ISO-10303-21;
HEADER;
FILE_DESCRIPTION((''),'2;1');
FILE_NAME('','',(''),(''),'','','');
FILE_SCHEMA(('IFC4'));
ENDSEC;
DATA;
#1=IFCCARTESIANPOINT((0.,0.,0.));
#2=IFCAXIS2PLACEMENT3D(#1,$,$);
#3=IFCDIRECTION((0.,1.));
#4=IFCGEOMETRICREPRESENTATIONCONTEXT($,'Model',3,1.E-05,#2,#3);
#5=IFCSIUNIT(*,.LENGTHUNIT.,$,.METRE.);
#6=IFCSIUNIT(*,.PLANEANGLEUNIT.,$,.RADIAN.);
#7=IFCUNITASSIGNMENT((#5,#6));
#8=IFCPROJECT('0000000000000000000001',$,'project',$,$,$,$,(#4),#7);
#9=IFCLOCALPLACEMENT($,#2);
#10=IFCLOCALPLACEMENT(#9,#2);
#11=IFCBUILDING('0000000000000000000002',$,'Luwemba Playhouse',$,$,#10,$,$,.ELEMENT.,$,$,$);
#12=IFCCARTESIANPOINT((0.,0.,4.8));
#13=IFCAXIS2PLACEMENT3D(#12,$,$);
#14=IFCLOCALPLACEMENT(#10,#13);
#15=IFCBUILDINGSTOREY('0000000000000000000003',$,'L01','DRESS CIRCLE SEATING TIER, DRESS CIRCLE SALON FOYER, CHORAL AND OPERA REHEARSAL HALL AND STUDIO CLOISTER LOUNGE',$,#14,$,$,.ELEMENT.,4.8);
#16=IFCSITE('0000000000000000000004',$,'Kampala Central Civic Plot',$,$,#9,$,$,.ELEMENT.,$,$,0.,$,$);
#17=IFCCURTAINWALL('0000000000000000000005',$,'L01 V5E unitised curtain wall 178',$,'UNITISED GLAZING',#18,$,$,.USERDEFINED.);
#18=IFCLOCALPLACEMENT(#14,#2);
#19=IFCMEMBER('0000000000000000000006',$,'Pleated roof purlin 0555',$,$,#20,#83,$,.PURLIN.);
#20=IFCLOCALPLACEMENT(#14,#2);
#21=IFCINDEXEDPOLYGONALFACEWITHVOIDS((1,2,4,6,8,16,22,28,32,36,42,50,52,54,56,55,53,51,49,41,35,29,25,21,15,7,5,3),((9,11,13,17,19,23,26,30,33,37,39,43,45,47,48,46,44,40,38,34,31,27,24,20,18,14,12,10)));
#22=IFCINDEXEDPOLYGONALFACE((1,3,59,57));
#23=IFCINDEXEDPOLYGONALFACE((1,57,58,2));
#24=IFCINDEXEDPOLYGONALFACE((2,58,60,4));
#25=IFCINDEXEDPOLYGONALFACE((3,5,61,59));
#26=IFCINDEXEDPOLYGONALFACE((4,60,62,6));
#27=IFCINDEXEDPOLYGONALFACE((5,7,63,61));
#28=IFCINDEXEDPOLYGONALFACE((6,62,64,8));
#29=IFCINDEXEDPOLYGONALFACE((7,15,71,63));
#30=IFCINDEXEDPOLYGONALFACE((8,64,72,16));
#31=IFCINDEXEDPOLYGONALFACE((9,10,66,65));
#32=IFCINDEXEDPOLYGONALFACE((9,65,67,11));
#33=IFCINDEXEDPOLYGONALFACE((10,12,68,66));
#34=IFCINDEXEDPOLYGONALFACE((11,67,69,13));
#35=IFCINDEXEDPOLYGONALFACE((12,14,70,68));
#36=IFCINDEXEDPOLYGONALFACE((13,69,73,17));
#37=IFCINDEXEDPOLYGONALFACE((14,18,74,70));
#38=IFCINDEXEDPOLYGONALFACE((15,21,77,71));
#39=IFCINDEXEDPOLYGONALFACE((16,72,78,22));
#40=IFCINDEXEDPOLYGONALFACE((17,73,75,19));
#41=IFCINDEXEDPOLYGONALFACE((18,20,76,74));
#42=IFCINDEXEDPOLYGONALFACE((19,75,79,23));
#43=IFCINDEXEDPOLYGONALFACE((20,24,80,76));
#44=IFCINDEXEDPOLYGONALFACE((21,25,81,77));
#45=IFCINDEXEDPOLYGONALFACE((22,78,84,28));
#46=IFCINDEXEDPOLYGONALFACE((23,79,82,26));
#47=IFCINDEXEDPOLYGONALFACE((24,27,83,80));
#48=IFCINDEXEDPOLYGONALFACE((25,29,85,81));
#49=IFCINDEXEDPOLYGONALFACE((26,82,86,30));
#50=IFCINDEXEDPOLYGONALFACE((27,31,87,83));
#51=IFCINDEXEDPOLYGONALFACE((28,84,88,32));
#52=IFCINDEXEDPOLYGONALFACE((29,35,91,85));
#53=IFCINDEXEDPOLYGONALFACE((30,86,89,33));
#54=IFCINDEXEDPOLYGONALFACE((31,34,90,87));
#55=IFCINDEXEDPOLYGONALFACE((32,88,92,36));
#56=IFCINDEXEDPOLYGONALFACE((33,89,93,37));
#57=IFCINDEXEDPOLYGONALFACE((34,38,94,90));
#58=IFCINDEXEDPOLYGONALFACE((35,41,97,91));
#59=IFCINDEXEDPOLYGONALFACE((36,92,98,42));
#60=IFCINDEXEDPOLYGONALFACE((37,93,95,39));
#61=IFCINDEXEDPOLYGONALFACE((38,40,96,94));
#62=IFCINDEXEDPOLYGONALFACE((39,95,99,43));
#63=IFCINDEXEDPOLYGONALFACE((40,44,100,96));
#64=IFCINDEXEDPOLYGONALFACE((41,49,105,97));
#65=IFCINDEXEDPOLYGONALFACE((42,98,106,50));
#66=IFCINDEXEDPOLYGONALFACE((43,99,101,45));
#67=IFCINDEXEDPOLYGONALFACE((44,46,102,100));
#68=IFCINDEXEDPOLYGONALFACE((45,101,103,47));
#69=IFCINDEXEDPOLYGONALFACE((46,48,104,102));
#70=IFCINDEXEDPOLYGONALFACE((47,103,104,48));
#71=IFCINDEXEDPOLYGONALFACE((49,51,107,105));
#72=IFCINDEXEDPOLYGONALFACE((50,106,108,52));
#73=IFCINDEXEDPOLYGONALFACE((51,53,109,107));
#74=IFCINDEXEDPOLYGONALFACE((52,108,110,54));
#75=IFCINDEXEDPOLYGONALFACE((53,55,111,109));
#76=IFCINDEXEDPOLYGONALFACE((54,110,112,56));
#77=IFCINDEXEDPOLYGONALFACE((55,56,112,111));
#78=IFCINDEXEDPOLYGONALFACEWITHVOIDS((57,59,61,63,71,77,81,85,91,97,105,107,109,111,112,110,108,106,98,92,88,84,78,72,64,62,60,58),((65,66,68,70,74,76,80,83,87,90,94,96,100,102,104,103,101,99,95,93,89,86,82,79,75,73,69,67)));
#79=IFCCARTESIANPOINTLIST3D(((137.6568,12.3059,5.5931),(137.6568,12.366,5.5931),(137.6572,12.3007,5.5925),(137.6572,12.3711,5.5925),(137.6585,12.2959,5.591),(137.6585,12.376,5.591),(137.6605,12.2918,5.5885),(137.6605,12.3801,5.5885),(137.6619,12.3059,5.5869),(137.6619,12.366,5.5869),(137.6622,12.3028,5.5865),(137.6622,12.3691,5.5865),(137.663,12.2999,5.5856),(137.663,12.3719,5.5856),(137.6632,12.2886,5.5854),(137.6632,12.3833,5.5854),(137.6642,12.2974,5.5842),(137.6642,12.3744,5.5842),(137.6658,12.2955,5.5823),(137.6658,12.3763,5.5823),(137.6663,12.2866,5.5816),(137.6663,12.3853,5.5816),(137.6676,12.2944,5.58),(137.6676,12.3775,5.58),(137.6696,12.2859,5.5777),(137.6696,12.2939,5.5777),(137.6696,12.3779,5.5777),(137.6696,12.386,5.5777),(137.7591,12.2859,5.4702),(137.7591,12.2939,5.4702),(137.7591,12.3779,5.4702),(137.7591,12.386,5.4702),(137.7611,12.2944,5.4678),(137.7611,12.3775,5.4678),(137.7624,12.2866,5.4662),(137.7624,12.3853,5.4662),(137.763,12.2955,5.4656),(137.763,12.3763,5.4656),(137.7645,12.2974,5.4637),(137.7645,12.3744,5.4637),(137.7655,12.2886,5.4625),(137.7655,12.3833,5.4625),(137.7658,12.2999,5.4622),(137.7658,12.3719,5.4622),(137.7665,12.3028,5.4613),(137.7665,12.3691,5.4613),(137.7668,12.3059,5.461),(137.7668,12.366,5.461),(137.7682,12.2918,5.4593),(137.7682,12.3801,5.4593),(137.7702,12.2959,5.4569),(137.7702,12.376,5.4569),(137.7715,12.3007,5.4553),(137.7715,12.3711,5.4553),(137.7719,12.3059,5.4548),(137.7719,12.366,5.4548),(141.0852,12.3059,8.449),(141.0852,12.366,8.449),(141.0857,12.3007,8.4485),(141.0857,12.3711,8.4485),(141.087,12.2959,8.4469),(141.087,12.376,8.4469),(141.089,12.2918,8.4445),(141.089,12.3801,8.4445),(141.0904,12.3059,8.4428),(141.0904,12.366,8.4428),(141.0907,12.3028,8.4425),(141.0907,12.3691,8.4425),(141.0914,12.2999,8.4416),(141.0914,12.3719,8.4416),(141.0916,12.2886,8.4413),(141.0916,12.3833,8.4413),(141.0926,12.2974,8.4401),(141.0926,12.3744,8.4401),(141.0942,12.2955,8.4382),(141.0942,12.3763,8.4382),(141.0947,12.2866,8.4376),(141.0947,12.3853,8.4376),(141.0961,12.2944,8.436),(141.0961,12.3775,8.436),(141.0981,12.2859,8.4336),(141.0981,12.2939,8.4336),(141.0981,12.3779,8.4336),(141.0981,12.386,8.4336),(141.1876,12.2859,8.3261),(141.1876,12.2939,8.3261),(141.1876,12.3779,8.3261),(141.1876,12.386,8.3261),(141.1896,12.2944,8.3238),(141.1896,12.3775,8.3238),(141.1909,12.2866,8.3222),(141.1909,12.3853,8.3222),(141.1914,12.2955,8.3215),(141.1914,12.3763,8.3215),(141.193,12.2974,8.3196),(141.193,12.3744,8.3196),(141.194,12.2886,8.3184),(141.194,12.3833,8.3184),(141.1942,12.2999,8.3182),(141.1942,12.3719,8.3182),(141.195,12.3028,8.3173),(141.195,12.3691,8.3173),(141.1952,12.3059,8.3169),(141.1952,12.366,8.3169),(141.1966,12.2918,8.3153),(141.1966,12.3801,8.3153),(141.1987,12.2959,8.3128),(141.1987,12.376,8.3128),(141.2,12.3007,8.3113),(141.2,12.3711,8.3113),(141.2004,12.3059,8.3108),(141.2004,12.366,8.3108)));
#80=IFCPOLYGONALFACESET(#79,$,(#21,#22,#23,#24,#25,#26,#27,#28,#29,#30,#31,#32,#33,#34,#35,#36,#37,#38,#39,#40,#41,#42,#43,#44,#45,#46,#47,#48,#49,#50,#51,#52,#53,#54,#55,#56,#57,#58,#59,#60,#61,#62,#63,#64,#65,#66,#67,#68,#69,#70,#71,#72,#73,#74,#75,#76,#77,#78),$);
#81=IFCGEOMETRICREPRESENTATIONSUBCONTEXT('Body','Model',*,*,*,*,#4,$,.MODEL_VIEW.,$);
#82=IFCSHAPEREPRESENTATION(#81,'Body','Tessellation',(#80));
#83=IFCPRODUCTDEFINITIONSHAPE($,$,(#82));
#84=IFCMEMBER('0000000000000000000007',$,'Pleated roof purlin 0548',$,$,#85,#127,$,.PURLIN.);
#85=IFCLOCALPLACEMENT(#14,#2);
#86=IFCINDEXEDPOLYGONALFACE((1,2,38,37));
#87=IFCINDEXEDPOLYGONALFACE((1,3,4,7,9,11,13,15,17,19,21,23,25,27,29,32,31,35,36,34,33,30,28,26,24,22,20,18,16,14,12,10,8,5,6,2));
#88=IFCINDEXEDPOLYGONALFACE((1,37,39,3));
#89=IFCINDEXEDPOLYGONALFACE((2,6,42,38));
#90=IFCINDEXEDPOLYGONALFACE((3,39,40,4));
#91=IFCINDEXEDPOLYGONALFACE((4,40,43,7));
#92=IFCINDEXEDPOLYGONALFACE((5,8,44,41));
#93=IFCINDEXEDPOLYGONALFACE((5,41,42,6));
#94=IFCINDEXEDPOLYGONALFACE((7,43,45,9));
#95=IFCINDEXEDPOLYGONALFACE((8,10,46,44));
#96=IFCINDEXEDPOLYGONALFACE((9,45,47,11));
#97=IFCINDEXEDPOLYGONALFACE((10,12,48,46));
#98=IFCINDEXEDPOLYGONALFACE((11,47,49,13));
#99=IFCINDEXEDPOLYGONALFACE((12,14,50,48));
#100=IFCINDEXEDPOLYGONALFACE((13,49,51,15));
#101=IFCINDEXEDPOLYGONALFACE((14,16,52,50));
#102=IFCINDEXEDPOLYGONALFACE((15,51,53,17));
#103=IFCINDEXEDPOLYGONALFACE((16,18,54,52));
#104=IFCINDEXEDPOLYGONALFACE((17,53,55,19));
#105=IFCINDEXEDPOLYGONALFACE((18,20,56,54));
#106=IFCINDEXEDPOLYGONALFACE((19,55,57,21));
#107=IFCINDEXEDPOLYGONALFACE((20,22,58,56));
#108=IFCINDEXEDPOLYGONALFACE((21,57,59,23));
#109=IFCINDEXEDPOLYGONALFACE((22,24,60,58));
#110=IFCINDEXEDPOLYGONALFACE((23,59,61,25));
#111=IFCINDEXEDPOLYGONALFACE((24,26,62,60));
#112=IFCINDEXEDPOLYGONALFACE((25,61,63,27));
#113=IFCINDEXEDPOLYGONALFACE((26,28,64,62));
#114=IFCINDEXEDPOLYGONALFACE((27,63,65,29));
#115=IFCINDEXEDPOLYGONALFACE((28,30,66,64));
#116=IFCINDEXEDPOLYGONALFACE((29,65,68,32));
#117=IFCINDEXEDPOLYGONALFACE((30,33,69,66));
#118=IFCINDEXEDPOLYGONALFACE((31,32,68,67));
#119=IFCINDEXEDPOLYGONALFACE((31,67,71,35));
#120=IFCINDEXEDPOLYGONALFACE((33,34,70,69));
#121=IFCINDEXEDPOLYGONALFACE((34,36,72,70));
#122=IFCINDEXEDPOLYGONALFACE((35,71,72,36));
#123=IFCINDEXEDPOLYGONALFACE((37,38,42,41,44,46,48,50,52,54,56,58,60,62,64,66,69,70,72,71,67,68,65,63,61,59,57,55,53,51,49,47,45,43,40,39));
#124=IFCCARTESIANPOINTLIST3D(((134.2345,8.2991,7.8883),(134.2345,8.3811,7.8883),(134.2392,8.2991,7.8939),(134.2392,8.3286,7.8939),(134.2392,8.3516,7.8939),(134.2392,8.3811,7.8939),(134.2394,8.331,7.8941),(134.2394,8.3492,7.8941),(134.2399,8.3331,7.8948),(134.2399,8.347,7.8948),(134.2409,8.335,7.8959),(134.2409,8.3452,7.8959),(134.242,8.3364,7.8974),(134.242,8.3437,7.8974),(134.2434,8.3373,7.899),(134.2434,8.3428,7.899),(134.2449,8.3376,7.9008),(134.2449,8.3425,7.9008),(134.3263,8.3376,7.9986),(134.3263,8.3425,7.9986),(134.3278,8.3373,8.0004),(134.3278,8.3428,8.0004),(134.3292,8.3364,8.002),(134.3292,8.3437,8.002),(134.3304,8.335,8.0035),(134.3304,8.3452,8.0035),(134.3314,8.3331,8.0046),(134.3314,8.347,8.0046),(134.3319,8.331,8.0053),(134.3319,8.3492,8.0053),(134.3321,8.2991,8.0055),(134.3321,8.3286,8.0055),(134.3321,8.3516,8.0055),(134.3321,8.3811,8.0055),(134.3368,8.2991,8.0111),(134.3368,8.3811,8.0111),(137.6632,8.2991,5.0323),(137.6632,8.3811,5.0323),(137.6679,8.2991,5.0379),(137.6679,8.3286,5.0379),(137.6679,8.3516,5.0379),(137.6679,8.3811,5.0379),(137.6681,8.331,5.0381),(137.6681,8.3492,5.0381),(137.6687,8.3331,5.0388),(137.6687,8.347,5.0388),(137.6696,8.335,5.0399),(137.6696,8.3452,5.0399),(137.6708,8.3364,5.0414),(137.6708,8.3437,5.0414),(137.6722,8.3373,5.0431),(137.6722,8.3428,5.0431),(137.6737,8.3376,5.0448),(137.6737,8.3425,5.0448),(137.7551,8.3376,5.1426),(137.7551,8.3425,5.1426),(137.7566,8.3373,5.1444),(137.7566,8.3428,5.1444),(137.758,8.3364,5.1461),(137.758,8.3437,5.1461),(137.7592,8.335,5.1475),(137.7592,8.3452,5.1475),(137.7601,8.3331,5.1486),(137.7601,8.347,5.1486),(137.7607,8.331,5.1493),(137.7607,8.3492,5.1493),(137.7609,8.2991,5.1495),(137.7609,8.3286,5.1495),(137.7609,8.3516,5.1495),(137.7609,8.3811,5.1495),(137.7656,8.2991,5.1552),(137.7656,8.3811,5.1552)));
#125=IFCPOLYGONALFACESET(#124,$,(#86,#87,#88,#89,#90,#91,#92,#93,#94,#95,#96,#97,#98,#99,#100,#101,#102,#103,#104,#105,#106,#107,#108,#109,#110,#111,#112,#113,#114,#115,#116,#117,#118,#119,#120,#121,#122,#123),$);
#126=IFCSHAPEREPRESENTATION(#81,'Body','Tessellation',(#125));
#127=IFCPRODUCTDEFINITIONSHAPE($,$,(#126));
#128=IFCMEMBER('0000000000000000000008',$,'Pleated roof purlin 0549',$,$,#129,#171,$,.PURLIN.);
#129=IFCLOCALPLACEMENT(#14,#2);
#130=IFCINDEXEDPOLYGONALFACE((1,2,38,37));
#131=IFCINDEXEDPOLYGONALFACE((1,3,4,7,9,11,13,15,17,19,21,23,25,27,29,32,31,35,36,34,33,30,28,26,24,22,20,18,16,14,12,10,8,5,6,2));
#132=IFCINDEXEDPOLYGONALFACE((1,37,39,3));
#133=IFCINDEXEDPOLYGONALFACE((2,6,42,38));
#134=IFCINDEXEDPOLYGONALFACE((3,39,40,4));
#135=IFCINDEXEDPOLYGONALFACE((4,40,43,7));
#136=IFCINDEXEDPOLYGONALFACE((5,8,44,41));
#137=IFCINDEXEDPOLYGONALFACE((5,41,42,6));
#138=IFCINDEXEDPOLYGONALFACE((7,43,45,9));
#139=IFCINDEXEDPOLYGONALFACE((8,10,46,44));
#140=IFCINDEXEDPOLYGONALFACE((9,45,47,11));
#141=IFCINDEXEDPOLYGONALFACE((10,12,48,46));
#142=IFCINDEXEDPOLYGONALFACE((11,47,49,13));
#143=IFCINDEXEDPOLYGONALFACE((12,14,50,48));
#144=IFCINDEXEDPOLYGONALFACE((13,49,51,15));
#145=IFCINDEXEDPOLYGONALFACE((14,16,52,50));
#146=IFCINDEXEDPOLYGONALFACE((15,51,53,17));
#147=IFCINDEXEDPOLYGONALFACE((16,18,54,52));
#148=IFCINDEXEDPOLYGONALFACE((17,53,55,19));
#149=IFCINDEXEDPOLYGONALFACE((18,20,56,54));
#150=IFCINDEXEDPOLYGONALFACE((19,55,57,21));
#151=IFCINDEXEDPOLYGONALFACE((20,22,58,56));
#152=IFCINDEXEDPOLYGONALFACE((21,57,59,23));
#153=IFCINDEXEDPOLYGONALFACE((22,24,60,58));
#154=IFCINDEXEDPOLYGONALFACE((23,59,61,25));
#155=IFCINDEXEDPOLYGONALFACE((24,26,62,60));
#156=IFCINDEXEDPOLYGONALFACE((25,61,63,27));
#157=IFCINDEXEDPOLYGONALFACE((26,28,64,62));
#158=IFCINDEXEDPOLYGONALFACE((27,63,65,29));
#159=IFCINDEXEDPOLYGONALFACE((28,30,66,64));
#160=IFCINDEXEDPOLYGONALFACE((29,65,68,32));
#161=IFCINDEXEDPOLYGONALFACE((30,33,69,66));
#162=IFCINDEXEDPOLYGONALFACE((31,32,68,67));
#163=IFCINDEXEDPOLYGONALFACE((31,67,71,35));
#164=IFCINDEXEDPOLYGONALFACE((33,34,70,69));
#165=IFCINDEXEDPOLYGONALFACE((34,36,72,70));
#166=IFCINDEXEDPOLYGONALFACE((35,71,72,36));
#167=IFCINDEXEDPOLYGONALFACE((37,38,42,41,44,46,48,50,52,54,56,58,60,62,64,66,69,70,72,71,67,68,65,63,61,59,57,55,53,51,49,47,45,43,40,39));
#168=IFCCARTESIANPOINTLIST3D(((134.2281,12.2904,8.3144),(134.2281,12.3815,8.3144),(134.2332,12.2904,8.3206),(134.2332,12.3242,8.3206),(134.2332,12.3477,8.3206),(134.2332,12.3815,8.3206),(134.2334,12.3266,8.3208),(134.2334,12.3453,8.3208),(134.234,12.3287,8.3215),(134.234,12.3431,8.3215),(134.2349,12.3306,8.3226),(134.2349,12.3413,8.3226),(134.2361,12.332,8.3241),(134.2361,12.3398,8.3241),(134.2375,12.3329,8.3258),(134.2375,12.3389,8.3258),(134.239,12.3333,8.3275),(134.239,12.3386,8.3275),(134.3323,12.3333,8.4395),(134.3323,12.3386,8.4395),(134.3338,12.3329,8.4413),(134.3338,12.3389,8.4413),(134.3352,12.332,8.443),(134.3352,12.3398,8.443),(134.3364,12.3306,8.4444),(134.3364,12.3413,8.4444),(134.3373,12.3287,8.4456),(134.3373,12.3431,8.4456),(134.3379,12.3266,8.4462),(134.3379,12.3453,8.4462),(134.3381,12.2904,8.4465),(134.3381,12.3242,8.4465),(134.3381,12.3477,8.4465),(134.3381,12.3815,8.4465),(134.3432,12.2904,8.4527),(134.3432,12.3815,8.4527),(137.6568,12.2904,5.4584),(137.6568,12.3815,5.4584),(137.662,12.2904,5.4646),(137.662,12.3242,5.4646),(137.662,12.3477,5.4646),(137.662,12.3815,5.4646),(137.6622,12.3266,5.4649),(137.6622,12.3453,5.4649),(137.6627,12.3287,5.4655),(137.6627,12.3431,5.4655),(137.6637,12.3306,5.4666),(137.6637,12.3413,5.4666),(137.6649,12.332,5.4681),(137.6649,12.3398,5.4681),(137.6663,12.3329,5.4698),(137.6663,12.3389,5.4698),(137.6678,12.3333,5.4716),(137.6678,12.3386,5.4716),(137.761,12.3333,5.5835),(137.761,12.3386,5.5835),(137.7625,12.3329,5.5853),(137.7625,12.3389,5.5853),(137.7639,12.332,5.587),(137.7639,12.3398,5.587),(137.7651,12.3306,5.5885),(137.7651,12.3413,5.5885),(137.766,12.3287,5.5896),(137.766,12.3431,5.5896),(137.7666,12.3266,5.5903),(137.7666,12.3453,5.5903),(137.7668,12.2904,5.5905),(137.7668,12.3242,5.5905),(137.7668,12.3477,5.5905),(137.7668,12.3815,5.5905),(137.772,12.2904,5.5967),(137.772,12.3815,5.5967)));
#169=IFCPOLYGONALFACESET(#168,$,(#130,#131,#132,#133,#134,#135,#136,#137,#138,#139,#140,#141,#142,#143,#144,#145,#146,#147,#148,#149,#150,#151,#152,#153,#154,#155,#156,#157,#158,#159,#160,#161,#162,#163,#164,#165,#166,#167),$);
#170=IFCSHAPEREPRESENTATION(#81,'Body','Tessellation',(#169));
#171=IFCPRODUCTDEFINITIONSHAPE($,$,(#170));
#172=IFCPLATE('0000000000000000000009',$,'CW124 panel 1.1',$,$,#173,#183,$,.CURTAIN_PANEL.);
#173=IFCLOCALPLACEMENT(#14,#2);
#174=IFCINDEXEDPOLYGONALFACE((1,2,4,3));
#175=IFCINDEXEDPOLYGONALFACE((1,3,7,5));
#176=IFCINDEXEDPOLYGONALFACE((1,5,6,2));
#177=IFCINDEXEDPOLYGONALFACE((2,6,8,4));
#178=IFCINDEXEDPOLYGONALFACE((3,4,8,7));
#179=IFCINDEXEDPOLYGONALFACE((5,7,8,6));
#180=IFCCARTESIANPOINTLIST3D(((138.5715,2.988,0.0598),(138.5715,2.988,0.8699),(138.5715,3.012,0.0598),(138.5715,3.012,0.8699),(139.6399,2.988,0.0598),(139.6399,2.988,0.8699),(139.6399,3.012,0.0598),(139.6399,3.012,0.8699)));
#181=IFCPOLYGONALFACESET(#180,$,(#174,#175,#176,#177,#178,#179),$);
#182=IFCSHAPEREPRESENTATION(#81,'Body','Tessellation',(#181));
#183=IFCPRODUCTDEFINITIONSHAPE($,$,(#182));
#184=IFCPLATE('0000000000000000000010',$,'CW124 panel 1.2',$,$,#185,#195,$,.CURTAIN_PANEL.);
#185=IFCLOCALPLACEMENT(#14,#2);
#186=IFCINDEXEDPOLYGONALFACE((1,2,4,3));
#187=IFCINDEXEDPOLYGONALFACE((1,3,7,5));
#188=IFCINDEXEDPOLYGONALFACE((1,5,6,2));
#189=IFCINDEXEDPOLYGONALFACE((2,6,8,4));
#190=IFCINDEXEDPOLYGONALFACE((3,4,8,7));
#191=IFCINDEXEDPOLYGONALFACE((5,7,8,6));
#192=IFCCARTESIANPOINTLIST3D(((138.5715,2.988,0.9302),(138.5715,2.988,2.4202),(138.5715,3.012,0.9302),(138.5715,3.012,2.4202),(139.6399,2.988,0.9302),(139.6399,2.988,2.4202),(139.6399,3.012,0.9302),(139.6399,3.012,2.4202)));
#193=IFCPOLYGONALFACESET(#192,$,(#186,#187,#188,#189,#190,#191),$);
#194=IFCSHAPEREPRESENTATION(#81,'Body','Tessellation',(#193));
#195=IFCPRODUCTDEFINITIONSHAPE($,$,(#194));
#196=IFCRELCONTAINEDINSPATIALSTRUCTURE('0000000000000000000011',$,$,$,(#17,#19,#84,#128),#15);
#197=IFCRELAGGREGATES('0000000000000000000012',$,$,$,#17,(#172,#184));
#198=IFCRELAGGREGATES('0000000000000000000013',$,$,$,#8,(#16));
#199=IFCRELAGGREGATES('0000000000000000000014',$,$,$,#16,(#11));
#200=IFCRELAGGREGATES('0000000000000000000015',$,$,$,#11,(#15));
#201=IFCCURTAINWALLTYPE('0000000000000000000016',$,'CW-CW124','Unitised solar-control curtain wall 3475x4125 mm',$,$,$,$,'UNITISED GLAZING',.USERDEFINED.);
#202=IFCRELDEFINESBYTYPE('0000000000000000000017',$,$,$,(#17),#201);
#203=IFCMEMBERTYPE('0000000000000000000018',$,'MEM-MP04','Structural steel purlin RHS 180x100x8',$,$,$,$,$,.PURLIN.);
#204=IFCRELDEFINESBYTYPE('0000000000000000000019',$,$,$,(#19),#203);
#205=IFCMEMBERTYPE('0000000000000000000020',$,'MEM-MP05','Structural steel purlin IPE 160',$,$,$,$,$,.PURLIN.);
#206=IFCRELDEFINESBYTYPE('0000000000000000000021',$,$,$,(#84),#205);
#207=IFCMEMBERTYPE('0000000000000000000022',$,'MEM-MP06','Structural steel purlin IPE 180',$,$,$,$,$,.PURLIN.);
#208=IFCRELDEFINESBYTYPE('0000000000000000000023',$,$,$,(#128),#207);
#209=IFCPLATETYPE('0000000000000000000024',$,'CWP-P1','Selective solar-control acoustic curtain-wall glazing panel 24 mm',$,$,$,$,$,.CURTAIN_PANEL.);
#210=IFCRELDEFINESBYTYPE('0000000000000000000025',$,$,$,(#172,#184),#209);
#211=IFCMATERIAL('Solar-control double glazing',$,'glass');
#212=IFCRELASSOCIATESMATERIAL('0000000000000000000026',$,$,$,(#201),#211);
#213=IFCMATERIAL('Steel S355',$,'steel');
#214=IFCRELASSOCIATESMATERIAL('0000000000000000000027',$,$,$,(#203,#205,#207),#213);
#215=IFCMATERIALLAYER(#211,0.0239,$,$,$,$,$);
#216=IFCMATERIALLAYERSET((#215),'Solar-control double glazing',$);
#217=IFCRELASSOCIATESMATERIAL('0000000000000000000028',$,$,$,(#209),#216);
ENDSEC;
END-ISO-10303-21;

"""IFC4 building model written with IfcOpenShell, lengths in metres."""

from ifc_helpers import new_model, si_unit, direction, frame, origin, origin_2d, place, context, subcontext, project, spatial, rectangle, hollow_rectangle, i_section, extrude, material, layer, layer_set, material_profile, profile_set, type_object, element, aggregate, save


model = new_model("IFC4")

# Units and contexts
model_context = context("Model", 3, precision=1e-05, world=origin(), true_north=direction((0.0, 1.0)))
body_context = subcontext(model_context, "Body", "Model", "MODEL_VIEW")
ifc_project = project(units=[si_unit("LENGTHUNIT", "METRE"), si_unit("PLANEANGLEUNIT", "RADIAN")], contexts=[model_context])

# Site, building, storey
site_placement = place(None, origin())
site = spatial("IfcSite", under=ifc_project, at=site_placement, Name="Kampala Central Civic Plot", CompositionType="ELEMENT", RefElevation=0.0)
building_placement = place(site_placement, origin())
building = spatial("IfcBuilding", under=site, at=building_placement, Name="Luwemba Playhouse", CompositionType="ELEMENT")
storey_placement = place(building_placement, frame((0.0, 0.0, 4.8)))
storey = spatial("IfcBuildingStorey", under=building, at=storey_placement, Name="L01", Description="DRESS CIRCLE SEATING TIER, DRESS CIRCLE SALON FOYER, CHORAL AND OPERA REHEARSAL HALL AND STUDIO CLOISTER LOUNGE", CompositionType="ELEMENT", Elevation=4.8)

# Shared definitions
ifc_material_1 = material(Name="Steel S355", Category="steel")

# Curtain wall
ifc_material_2 = material(Name="Solar-control double glazing", Category="glass")
curtain_wall_type_1 = type_object("IfcCurtainWallType", Name="CW-CW124", Description="Unitised solar-control curtain wall 3475x4125 mm", ElementType="UNITISED GLAZING", PredefinedType="USERDEFINED", material=ifc_material_2)
curtain_wall_1_placement = place(storey_placement, origin())
curtain_wall_1 = element("IfcCurtainWall", 1, at=curtain_wall_1_placement, inside=storey, type_object=curtain_wall_type_1, Name="L01 V5E unitised curtain wall 178", ObjectType="UNITISED GLAZING", PredefinedType="USERDEFINED")

# Members
ifc_material_profile_1 = material_profile(ifc_material_1, hollow_rectangle(XDim=0.1001, YDim=0.1799, WallThickness=0.0081, InnerFilletRadius=0.012, OuterFilletRadius=0.02, at=origin_2d()))
ifc_profile_set_1 = profile_set([ifc_material_profile_1], Name="Steel S355")
member_type_1 = type_object("IfcMemberType", Name="MEM-MP04", Description="Structural steel purlin RHS 180x100x8", PredefinedType="PURLIN", material=ifc_profile_set_1)
member_1_placement = place(storey_placement, frame((137.7144, 12.3359, 5.5239), z_axis=(0.768342, 0.0, 0.640039), x_axis=(0.0, 1.0, 0.0)))
element("IfcMember", 2, at=member_1_placement, inside=storey, type_object=member_type_1, Name="Pleated roof purlin 0555", PredefinedType="PURLIN", context=body_context, shape_type="SweptSolid", body=[
    extrude(hollow_rectangle(XDim=0.1001, YDim=0.1799, WallThickness=0.0081, InnerFilletRadius=0.012, OuterFilletRadius=0.02, at=origin_2d()), origin(), (0.0, 0.0, 1.0), 4.4622),
])
ifc_material_profile_2 = material_profile(ifc_material_1, i_section(OverallWidth=0.082, OverallDepth=0.1599, WebThickness=0.0049, FlangeThickness=0.0073, FilletRadius=0.009, at=origin_2d()))
ifc_profile_set_2 = profile_set([ifc_material_profile_2], Name="Steel S355")
member_type_2 = type_object("IfcMemberType", Name="MEM-MP05", Description="Structural steel purlin IPE 160", PredefinedType="PURLIN", material=ifc_profile_set_2)
member_2_placement = place(storey_placement, frame((134.2856, 8.3401, 7.9497), z_axis=(0.768365, 0.0, -0.640012), x_axis=(0.0, 1.0, 0.0)))
element("IfcMember", 3, at=member_2_placement, inside=storey, type_object=member_type_2, Name="Pleated roof purlin 0548", PredefinedType="PURLIN", context=body_context, shape_type="SweptSolid", body=[
    extrude(i_section(OverallWidth=0.082, OverallDepth=0.1599, WebThickness=0.0049, FlangeThickness=0.0073, FilletRadius=0.009, at=origin_2d()), origin(), (0.0, 0.0, 1.0), 4.4624),
])
ifc_material_profile_3 = material_profile(ifc_material_1, i_section(OverallWidth=0.0911, OverallDepth=0.1799, WebThickness=0.0054, FlangeThickness=0.0081, FilletRadius=0.009, at=origin_2d()))
ifc_profile_set_3 = profile_set([ifc_material_profile_3], Name="Steel S355")
member_type_3 = type_object("IfcMemberType", Name="MEM-MP06", Description="Structural steel purlin IPE 180", PredefinedType="PURLIN", material=ifc_profile_set_3)
member_3_placement = place(storey_placement, frame((134.2856, 12.3359, 8.3835), z_axis=(0.768365, 0.0, -0.640012), x_axis=(0.0, 1.0, 0.0)))
element("IfcMember", 4, at=member_3_placement, inside=storey, type_object=member_type_3, Name="Pleated roof purlin 0549", PredefinedType="PURLIN", context=body_context, shape_type="SweptSolid", body=[
    extrude(i_section(OverallWidth=0.0911, OverallDepth=0.1799, WebThickness=0.0054, FlangeThickness=0.0081, FilletRadius=0.009, at=origin_2d()), origin(), (0.0, 0.0, 1.0), 4.4624),
])

# Plates
ifc_layer_1 = layer(ifc_material_2, 0.0239)
ifc_layer_set_1 = layer_set([ifc_layer_1], Name="Solar-control double glazing")
plate_type = type_object("IfcPlateType", Name="CWP-P1", Description="Selective solar-control acoustic curtain-wall glazing panel 24 mm", PredefinedType="CURTAIN_PANEL", material=ifc_layer_set_1)
plate_1_placement = place(storey_placement, frame((139.1057, 3.0, 0.0598), z_axis=(0.0, 0.0, 1.0), x_axis=(-1.0, 0.0, 0.0)))
plate_1 = element("IfcPlate", 5, at=plate_1_placement, type_object=plate_type, Name="CW124 panel 1.1", PredefinedType="CURTAIN_PANEL", context=body_context, shape_type="SweptSolid", body=[
    extrude(rectangle(XDim=1.0684, YDim=0.0239, at=origin_2d()), origin(), (0.0, 0.0, 1.0), 0.8101),
])
plate_2_placement = place(storey_placement, frame((139.1057, 3.0, 0.9302), z_axis=(0.0, 0.0, 1.0), x_axis=(-1.0, 0.0, 0.0)))
plate_2 = element("IfcPlate", 6, at=plate_2_placement, type_object=plate_type, Name="CW124 panel 1.2", PredefinedType="CURTAIN_PANEL", context=body_context, shape_type="SweptSolid", body=[
    extrude(rectangle(XDim=1.0684, YDim=0.0239, at=origin_2d()), origin(), (0.0, 0.0, 1.0), 1.49),
])
aggregate(curtain_wall_1, [plate_1, plate_2])

save(model, "model.ifc")
